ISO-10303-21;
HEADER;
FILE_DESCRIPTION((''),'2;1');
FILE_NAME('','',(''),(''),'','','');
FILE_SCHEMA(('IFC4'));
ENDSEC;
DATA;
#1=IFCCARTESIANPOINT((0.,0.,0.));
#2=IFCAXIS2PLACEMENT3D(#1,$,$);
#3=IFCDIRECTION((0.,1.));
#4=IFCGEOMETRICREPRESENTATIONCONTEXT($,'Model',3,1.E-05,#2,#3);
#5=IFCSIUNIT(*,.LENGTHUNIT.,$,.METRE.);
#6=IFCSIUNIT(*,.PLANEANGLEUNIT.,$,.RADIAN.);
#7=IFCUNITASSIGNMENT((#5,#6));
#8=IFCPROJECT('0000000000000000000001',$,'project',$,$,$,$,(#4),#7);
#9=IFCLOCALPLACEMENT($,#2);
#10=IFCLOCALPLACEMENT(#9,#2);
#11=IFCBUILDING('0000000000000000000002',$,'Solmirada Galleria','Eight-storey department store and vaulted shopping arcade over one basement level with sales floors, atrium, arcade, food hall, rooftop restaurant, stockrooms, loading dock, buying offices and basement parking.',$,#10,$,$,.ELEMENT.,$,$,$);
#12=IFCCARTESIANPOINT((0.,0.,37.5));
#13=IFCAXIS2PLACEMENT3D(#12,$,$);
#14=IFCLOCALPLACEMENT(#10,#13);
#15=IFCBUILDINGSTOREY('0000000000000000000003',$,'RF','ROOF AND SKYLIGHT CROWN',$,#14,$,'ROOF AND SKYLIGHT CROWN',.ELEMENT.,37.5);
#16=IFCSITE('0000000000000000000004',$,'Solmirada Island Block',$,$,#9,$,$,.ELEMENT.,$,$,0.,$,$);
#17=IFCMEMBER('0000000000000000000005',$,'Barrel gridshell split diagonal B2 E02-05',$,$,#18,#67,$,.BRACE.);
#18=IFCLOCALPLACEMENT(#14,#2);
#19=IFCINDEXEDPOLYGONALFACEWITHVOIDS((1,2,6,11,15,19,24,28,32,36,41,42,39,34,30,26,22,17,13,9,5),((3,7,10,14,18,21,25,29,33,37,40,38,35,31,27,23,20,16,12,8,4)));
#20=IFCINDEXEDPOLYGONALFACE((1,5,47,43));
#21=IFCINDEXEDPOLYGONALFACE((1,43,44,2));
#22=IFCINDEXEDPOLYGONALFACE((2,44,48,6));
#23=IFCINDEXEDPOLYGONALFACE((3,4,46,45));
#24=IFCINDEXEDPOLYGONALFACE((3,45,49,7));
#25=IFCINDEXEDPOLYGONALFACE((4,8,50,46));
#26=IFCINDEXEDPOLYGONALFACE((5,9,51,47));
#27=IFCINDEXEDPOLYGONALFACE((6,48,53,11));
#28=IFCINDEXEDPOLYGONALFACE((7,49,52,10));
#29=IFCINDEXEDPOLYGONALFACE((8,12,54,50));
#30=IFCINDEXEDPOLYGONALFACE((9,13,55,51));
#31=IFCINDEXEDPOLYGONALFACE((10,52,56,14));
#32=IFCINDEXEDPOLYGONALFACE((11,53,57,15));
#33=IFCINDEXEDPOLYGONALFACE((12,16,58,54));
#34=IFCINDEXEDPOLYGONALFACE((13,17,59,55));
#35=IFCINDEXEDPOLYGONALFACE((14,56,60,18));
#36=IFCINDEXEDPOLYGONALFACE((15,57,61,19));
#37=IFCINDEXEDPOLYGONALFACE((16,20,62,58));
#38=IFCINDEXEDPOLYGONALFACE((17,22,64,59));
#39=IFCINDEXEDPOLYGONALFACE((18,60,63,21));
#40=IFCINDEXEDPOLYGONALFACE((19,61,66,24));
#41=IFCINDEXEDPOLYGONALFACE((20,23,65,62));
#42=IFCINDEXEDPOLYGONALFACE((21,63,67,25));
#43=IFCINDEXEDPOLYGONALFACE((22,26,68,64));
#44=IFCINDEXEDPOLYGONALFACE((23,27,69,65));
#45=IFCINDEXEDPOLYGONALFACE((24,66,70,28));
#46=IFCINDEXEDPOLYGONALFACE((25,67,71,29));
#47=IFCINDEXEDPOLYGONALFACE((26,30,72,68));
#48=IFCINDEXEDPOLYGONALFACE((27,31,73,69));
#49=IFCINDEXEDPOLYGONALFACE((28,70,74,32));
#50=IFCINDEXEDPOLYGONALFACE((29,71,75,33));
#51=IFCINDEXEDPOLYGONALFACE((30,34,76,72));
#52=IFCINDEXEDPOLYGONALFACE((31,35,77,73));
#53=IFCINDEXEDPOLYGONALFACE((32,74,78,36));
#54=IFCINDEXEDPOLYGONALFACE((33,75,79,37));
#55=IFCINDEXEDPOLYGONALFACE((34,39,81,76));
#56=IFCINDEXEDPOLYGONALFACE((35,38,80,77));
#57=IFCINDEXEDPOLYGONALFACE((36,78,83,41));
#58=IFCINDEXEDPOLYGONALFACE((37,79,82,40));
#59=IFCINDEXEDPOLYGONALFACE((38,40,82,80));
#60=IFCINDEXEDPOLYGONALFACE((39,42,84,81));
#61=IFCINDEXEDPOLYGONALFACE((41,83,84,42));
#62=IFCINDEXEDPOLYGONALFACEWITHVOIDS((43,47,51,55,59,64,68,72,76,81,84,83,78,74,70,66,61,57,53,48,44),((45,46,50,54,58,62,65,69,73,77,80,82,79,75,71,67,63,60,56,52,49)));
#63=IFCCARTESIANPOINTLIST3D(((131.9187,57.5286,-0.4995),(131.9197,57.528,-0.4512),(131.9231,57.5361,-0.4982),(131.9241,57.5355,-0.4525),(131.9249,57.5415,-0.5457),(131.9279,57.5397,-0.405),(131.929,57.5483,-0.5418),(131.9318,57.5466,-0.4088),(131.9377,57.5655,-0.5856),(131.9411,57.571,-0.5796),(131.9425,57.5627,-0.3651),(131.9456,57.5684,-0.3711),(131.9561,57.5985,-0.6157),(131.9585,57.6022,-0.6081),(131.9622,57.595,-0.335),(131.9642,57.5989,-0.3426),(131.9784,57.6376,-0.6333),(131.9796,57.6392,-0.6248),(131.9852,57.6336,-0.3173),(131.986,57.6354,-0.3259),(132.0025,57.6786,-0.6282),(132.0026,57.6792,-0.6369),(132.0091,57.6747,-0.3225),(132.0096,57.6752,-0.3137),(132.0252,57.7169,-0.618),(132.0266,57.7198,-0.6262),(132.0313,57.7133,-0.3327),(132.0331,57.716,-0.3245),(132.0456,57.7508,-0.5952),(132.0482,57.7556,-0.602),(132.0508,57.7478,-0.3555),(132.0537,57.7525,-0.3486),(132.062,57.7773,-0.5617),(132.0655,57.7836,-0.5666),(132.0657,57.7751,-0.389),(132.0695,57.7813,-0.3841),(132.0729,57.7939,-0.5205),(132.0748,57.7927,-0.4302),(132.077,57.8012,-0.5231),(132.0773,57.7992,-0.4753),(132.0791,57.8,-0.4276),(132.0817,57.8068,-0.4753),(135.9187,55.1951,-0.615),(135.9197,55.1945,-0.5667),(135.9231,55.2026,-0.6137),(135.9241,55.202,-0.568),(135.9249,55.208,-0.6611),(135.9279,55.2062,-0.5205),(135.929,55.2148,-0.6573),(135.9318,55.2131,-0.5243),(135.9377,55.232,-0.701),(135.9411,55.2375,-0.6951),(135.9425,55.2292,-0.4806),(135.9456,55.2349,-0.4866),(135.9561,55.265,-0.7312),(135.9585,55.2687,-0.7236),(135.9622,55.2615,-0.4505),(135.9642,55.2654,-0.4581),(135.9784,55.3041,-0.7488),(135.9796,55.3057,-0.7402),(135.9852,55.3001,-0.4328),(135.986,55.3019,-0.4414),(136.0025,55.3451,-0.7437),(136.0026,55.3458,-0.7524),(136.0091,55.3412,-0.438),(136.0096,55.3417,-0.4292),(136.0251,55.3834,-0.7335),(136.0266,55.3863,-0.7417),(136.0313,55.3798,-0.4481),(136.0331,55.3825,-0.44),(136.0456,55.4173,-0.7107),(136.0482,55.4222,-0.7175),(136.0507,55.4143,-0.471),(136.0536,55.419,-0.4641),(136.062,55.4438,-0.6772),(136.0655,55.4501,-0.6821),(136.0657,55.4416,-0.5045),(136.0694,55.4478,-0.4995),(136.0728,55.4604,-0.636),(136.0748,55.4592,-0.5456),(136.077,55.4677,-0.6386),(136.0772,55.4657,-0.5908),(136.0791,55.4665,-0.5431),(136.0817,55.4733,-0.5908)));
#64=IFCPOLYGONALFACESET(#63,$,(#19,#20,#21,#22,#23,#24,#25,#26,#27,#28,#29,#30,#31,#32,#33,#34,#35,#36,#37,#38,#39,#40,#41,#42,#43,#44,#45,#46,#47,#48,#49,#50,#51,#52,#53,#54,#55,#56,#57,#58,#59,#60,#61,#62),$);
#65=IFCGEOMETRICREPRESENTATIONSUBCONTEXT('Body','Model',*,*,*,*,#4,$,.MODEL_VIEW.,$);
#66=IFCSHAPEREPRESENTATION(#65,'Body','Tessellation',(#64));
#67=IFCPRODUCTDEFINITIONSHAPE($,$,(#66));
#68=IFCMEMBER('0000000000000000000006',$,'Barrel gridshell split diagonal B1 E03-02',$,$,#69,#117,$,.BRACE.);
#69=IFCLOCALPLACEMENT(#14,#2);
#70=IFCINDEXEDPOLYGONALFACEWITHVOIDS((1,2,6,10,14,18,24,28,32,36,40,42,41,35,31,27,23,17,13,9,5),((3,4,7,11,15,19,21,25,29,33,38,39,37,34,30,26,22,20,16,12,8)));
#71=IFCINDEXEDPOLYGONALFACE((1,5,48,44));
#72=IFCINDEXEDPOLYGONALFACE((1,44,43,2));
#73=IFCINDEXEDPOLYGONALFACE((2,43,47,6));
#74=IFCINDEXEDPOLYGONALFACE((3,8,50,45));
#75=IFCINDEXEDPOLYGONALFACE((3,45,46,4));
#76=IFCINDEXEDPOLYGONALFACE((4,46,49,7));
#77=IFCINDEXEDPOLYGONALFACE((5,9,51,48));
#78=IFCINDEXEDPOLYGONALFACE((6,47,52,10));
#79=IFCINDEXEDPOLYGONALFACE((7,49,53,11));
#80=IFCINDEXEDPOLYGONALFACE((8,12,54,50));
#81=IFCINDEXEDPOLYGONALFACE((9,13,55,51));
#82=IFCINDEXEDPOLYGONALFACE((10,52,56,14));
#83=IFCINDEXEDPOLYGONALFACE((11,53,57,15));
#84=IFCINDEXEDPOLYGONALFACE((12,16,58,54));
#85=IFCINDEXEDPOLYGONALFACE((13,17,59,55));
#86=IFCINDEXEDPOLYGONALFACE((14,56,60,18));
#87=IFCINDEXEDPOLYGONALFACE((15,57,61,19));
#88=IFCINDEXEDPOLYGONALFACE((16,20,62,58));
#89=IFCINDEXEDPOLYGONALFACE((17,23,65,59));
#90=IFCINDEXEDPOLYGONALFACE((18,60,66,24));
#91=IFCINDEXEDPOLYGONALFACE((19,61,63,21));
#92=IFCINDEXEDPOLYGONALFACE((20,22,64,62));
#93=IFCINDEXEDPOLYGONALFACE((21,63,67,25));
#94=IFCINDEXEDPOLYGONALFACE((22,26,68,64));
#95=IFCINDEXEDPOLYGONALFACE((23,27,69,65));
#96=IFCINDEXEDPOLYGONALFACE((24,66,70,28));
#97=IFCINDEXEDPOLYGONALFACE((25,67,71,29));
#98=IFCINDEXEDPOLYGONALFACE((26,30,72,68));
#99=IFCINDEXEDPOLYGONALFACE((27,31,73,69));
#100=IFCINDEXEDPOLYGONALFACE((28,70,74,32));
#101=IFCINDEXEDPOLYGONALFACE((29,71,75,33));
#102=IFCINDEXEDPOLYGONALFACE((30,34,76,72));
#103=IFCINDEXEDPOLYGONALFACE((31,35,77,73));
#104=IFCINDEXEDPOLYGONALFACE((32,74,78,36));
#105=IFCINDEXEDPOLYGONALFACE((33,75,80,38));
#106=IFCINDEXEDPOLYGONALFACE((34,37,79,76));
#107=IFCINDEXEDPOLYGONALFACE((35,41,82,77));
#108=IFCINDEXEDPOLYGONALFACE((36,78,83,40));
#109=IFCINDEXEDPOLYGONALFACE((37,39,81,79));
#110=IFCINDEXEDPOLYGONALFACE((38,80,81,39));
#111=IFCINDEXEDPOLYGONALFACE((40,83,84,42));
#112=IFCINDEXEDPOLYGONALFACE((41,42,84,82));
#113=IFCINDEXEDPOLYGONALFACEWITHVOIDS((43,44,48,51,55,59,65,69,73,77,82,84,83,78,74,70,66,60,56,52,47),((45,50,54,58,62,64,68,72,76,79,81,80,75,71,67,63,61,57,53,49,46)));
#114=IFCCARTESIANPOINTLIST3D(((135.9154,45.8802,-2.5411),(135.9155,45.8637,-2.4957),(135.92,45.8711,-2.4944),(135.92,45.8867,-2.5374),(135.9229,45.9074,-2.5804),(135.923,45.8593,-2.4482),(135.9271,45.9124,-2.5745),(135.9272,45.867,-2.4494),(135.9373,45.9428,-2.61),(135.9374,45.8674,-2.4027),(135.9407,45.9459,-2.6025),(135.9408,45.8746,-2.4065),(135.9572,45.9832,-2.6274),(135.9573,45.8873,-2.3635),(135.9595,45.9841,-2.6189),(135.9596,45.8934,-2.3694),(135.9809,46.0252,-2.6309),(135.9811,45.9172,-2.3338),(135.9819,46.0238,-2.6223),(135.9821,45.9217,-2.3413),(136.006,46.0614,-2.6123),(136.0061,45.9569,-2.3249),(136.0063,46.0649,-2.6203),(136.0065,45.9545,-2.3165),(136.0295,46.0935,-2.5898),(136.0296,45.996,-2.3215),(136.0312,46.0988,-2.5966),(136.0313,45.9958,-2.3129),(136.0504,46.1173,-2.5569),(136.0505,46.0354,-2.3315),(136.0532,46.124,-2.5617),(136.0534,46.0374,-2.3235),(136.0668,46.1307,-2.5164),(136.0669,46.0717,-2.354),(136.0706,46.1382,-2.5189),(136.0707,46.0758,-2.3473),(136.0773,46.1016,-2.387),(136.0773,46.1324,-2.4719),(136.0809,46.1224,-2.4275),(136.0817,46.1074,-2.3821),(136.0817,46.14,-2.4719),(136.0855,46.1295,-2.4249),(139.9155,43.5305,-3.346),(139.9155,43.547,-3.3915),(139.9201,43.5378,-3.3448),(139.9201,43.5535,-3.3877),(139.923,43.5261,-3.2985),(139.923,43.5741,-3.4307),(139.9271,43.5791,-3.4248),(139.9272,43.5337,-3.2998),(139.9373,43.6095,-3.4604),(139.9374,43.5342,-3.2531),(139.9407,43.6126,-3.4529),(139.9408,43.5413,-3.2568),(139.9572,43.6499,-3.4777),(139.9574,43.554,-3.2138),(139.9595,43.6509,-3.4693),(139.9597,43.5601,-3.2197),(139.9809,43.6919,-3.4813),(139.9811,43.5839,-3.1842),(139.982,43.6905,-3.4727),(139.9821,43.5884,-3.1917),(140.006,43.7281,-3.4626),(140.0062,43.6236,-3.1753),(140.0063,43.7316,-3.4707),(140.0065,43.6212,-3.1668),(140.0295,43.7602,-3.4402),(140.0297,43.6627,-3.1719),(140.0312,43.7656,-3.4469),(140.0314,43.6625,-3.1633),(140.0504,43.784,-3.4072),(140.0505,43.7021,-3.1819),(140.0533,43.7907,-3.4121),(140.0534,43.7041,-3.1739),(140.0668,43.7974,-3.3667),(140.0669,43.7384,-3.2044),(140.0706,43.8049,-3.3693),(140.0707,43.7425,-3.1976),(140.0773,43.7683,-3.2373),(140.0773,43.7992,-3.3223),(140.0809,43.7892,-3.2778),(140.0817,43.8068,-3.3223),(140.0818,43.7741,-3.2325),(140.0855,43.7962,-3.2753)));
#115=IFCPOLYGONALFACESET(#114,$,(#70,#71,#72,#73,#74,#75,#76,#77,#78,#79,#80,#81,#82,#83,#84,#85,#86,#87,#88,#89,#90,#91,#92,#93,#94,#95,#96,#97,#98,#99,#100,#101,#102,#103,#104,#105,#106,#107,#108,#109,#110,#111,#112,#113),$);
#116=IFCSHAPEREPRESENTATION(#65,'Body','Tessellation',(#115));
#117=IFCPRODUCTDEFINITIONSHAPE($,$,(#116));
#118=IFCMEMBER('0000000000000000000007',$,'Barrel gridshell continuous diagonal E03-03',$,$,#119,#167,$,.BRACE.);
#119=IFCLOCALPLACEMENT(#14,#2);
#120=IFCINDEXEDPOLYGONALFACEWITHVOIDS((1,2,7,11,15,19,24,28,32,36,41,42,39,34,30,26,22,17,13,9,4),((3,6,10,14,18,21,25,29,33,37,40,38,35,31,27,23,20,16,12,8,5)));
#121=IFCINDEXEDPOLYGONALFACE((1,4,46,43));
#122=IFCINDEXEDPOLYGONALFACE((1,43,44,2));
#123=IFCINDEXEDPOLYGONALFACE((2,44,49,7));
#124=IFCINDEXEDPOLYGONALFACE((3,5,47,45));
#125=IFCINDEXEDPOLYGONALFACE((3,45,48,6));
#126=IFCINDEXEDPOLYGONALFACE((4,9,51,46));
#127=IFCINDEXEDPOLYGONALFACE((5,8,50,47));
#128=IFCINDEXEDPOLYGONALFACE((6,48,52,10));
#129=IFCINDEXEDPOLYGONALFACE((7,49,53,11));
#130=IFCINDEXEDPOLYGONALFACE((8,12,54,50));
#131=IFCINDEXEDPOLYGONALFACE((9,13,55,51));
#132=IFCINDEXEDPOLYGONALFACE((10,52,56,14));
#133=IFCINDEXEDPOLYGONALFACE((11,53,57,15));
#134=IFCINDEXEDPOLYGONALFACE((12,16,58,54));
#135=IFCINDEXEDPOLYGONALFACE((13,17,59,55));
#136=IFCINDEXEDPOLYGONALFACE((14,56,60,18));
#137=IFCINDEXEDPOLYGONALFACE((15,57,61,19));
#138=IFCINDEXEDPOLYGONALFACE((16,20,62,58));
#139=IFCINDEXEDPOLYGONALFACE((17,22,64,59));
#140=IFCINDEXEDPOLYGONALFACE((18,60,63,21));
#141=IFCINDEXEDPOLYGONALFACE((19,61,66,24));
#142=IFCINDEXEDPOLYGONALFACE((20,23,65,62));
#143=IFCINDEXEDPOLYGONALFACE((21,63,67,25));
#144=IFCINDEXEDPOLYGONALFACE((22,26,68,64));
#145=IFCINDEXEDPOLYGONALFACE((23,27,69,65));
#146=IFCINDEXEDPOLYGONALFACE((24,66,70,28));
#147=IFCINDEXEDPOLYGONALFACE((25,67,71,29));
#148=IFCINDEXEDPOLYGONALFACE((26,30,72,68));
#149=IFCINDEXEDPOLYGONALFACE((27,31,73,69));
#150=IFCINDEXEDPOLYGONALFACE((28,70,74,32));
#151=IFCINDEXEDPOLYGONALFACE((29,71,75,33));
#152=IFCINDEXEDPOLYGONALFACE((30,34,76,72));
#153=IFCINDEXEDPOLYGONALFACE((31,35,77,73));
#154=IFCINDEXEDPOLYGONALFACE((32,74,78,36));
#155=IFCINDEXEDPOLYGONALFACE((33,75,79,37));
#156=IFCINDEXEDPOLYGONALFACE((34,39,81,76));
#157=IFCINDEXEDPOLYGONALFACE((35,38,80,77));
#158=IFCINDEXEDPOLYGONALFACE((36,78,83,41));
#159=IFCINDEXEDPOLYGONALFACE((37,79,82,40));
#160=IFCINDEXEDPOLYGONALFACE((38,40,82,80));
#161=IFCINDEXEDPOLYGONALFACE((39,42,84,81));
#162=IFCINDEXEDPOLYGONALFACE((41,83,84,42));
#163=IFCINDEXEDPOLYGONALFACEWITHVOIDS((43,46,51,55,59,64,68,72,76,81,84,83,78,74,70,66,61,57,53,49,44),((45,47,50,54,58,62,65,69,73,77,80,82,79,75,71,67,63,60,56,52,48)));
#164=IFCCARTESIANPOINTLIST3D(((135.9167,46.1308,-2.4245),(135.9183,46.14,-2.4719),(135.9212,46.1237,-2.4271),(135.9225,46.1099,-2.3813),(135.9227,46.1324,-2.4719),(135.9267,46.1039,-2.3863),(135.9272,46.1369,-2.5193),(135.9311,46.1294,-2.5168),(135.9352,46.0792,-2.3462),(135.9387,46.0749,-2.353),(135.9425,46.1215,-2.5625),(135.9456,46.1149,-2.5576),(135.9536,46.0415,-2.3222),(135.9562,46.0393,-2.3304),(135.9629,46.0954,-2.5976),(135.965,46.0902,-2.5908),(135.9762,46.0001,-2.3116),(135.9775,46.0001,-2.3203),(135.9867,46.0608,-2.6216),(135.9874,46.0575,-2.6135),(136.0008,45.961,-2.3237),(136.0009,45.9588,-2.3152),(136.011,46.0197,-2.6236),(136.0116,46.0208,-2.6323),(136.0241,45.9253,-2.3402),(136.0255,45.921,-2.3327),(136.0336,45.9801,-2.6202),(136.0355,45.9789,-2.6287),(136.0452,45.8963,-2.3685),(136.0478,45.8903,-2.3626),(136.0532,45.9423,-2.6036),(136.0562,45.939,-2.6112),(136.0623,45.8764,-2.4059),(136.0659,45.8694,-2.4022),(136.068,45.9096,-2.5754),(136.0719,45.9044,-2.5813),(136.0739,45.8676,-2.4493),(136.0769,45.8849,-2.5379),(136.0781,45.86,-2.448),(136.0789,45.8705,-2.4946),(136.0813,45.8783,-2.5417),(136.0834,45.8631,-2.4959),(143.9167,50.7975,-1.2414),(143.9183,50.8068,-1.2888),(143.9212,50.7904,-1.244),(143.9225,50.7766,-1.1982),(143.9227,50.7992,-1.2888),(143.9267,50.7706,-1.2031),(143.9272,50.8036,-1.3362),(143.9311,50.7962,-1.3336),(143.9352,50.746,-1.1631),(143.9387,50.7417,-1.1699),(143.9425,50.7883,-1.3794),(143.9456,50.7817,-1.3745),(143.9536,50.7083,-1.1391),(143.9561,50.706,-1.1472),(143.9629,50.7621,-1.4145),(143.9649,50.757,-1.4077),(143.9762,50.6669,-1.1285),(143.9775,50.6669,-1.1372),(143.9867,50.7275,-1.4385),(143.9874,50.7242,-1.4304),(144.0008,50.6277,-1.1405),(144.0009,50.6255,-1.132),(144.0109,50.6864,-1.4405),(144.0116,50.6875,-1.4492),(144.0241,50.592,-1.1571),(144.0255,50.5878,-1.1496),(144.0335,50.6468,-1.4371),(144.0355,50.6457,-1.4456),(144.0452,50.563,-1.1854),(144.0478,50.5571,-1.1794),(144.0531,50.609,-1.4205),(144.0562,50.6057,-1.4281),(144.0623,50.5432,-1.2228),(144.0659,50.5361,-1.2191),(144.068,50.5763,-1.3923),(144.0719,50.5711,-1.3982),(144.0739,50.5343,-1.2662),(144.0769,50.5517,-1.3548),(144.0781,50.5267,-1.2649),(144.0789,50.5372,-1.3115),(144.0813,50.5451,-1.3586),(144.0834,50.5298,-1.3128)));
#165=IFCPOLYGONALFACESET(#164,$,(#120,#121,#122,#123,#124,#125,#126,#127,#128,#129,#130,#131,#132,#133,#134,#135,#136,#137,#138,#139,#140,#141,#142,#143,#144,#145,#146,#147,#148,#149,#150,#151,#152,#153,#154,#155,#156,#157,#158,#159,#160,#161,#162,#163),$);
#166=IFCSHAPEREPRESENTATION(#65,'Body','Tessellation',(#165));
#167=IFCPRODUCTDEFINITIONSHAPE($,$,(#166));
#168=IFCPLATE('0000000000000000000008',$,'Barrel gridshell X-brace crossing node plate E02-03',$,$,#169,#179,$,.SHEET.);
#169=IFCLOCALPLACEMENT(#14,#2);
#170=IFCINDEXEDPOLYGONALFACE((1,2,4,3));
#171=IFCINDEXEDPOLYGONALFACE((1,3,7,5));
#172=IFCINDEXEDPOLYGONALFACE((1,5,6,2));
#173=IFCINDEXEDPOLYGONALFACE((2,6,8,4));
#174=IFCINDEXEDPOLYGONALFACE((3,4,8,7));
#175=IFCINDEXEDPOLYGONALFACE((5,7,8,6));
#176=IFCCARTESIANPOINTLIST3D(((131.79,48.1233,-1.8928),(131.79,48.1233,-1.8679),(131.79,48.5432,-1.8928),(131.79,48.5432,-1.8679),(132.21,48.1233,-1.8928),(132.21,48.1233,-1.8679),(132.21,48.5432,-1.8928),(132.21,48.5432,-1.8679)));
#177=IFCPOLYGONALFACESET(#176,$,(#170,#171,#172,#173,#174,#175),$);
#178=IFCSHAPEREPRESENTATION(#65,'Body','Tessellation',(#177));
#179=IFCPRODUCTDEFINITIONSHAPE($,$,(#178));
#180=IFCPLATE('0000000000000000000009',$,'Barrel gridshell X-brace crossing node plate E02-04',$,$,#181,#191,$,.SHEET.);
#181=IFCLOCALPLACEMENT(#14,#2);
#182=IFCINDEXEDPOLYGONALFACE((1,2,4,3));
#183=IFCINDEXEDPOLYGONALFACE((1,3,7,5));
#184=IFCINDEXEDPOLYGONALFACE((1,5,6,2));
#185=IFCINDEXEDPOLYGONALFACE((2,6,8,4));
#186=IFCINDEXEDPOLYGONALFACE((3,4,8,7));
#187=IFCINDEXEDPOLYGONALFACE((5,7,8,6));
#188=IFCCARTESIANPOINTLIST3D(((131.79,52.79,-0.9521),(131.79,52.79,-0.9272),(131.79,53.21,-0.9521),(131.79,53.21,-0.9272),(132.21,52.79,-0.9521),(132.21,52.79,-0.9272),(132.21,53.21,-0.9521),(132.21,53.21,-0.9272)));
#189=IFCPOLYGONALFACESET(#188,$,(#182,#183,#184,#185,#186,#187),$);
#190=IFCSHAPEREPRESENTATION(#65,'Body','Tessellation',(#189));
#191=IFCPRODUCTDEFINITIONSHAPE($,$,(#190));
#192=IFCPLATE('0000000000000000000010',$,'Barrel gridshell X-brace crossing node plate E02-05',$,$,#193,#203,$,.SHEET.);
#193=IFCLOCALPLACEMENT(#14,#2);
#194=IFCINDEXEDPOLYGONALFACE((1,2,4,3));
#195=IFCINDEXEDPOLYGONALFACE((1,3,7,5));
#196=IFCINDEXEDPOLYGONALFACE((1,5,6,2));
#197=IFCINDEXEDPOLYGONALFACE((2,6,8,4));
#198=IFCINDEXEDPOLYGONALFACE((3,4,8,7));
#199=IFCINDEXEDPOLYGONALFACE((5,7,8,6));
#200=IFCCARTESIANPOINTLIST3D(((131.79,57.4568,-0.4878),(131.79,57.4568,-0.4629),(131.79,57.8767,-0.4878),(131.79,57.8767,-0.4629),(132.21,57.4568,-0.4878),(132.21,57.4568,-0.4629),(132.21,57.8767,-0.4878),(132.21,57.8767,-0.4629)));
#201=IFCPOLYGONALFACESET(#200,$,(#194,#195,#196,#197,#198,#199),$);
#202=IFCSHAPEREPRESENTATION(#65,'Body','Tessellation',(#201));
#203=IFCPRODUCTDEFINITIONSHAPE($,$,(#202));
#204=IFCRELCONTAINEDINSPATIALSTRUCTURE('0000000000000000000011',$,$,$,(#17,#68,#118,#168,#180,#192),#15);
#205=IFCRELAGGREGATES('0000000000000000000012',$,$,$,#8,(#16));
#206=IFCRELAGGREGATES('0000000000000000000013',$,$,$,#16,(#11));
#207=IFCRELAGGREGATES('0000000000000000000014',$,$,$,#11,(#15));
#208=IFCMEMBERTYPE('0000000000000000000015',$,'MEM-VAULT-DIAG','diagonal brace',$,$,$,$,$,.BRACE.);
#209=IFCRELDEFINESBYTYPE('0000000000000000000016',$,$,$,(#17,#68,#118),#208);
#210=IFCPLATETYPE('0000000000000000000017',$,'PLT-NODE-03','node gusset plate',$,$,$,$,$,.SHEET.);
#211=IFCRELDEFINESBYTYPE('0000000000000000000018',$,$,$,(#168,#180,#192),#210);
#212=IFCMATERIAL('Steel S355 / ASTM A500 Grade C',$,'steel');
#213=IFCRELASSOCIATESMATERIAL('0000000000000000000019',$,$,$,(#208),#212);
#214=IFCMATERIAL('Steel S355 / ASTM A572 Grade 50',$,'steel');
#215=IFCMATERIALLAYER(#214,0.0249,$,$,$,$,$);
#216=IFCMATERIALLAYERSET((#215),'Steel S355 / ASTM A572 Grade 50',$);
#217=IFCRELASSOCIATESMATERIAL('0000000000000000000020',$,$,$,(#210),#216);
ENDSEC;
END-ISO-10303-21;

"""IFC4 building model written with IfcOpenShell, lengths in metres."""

from ifc_helpers import new_model, si_unit, direction, frame, origin, origin_2d, place, context, subcontext, project, spatial, rectangle, hollow_circle, extrude, material, layer, layer_set, material_profile, profile_set, type_object, element, save


model = new_model("IFC4")

# Units and contexts
model_context = context("Model", 3, precision=1e-05, world=origin(), true_north=direction((0.0, 1.0)))
body_context = subcontext(model_context, "Body", "Model", "MODEL_VIEW")
ifc_project = project(units=[si_unit("LENGTHUNIT", "METRE"), si_unit("PLANEANGLEUNIT", "RADIAN")], contexts=[model_context])

# Site, building, storey
site_placement = place(None, origin())
site = spatial("IfcSite", under=ifc_project, at=site_placement, Name="Solmirada Island Block", CompositionType="ELEMENT", RefElevation=0.0)
building_placement = place(site_placement, origin())
building = spatial("IfcBuilding", under=site, at=building_placement, Name="Solmirada Galleria", Description="Eight-storey department store and vaulted shopping arcade over one basement level with sales floors, atrium, arcade, food hall, rooftop restaurant, stockrooms, loading dock, buying offices and basement parking.", CompositionType="ELEMENT")
storey_placement = place(building_placement, frame((0.0, 0.0, 37.5)))
storey = spatial("IfcBuildingStorey", under=building, at=storey_placement, Name="RF", Description="ROOF AND SKYLIGHT CROWN", LongName="ROOF AND SKYLIGHT CROWN", CompositionType="ELEMENT", Elevation=37.5)

# Members
ifc_material_1 = material(Name="Steel S355 / ASTM A500 Grade C", Category="steel")
ifc_material_profile_1 = material_profile(ifc_material_1, hollow_circle(Radius=0.1621, WallThickness=0.0088, at=origin_2d()), Name="HSS12.750X0.375")
ifc_profile_set_1 = profile_set([ifc_material_profile_1], Name="Steel S355 / ASTM A500 Grade C")
member_type_1 = type_object("IfcMemberType", Name="MEM-VAULT-DIAG", Description="diagonal brace", PredefinedType="BRACE", material=ifc_profile_set_1)
member_1_placement = place(storey_placement, frame((132.0, 57.6667, -0.4753), z_axis=(0.863495, -0.503741, -0.024929), x_axis=(0.503897, 0.863764, 0.0)))
element("IfcMember", 1, at=member_1_placement, inside=storey, type_object=member_type_1, Name="Barrel gridshell split diagonal B2 E02-05", PredefinedType="BRACE", context=body_context, shape_type="SweptSolid", body=[
    extrude(hollow_circle(Radius=0.1621, WallThickness=0.0088, at=origin_2d()), origin(), (0.0, 0.0, 1.0), 4.6323),
])
member_2_placement = place(storey_placement, frame((136.0, 46.0, -2.4719), z_axis=(0.849582, -0.495572, -0.180609), x_axis=(0.503858, 0.863787, 0.0)))
element("IfcMember", 2, at=member_2_placement, inside=storey, type_object=member_type_1, Name="Barrel gridshell split diagonal B1 E03-02", PredefinedType="BRACE", context=body_context, shape_type="SweptSolid", body=[
    extrude(hollow_circle(Radius=0.1621, WallThickness=0.0088, at=origin_2d()), origin(), (0.0, 0.0, 1.0), 4.7083),
])
member_3_placement = place(storey_placement, frame((136.0, 46.0, -2.4719), z_axis=(0.856813, 0.499816, 0.126712), x_axis=(-0.503878, 0.863775, 0.0)))
element("IfcMember", 3, at=member_3_placement, inside=storey, type_object=member_type_1, Name="Barrel gridshell continuous diagonal E03-03", PredefinedType="BRACE", context=body_context, shape_type="SweptSolid", body=[
    extrude(hollow_circle(Radius=0.1621, WallThickness=0.0088, at=origin_2d()), origin(), (0.0, 0.0, 1.0), 9.3369),
])

# Plates
ifc_material_2 = material(Name="Steel S355 / ASTM A572 Grade 50", Category="steel")
ifc_layer_1 = layer(ifc_material_2, 0.0249)
ifc_layer_set_1 = layer_set([ifc_layer_1], Name="Steel S355 / ASTM A572 Grade 50")
plate_type_1 = type_object("IfcPlateType", Name="PLT-NODE-03", Description="node gusset plate", PredefinedType="SHEET", material=ifc_layer_set_1)
for number, where, z_axis, x_axis, name in (
    (4, (132.0, 48.3333, -1.8928), (0.0, 0.0, 1.0), (1.0, 0.0, 0.0), "Barrel gridshell X-brace crossing node plate E02-03"),
    (5, (132.0, 53.0, -0.9521), (0.0, 0.0, 1.0), (1.0, 0.0, 0.0), "Barrel gridshell X-brace crossing node plate E02-04"),
    (6, (132.0, 57.6667, -0.4878), (0.0, 0.0, 1.0), (1.0, 0.0, 0.0), "Barrel gridshell X-brace crossing node plate E02-05"),
):
    element("IfcPlate", number, at=place(storey_placement, frame(where, z_axis=z_axis, x_axis=x_axis)), inside=storey, type_object=plate_type_1, Name=name, PredefinedType="SHEET", context=body_context, shape_type="SweptSolid", body=[
        extrude(rectangle(XDim=0.4199, YDim=0.4199, at=origin_2d()), origin(), (0.0, 0.0, 1.0), 0.0249),
    ])

save(model, "model.ifc")
